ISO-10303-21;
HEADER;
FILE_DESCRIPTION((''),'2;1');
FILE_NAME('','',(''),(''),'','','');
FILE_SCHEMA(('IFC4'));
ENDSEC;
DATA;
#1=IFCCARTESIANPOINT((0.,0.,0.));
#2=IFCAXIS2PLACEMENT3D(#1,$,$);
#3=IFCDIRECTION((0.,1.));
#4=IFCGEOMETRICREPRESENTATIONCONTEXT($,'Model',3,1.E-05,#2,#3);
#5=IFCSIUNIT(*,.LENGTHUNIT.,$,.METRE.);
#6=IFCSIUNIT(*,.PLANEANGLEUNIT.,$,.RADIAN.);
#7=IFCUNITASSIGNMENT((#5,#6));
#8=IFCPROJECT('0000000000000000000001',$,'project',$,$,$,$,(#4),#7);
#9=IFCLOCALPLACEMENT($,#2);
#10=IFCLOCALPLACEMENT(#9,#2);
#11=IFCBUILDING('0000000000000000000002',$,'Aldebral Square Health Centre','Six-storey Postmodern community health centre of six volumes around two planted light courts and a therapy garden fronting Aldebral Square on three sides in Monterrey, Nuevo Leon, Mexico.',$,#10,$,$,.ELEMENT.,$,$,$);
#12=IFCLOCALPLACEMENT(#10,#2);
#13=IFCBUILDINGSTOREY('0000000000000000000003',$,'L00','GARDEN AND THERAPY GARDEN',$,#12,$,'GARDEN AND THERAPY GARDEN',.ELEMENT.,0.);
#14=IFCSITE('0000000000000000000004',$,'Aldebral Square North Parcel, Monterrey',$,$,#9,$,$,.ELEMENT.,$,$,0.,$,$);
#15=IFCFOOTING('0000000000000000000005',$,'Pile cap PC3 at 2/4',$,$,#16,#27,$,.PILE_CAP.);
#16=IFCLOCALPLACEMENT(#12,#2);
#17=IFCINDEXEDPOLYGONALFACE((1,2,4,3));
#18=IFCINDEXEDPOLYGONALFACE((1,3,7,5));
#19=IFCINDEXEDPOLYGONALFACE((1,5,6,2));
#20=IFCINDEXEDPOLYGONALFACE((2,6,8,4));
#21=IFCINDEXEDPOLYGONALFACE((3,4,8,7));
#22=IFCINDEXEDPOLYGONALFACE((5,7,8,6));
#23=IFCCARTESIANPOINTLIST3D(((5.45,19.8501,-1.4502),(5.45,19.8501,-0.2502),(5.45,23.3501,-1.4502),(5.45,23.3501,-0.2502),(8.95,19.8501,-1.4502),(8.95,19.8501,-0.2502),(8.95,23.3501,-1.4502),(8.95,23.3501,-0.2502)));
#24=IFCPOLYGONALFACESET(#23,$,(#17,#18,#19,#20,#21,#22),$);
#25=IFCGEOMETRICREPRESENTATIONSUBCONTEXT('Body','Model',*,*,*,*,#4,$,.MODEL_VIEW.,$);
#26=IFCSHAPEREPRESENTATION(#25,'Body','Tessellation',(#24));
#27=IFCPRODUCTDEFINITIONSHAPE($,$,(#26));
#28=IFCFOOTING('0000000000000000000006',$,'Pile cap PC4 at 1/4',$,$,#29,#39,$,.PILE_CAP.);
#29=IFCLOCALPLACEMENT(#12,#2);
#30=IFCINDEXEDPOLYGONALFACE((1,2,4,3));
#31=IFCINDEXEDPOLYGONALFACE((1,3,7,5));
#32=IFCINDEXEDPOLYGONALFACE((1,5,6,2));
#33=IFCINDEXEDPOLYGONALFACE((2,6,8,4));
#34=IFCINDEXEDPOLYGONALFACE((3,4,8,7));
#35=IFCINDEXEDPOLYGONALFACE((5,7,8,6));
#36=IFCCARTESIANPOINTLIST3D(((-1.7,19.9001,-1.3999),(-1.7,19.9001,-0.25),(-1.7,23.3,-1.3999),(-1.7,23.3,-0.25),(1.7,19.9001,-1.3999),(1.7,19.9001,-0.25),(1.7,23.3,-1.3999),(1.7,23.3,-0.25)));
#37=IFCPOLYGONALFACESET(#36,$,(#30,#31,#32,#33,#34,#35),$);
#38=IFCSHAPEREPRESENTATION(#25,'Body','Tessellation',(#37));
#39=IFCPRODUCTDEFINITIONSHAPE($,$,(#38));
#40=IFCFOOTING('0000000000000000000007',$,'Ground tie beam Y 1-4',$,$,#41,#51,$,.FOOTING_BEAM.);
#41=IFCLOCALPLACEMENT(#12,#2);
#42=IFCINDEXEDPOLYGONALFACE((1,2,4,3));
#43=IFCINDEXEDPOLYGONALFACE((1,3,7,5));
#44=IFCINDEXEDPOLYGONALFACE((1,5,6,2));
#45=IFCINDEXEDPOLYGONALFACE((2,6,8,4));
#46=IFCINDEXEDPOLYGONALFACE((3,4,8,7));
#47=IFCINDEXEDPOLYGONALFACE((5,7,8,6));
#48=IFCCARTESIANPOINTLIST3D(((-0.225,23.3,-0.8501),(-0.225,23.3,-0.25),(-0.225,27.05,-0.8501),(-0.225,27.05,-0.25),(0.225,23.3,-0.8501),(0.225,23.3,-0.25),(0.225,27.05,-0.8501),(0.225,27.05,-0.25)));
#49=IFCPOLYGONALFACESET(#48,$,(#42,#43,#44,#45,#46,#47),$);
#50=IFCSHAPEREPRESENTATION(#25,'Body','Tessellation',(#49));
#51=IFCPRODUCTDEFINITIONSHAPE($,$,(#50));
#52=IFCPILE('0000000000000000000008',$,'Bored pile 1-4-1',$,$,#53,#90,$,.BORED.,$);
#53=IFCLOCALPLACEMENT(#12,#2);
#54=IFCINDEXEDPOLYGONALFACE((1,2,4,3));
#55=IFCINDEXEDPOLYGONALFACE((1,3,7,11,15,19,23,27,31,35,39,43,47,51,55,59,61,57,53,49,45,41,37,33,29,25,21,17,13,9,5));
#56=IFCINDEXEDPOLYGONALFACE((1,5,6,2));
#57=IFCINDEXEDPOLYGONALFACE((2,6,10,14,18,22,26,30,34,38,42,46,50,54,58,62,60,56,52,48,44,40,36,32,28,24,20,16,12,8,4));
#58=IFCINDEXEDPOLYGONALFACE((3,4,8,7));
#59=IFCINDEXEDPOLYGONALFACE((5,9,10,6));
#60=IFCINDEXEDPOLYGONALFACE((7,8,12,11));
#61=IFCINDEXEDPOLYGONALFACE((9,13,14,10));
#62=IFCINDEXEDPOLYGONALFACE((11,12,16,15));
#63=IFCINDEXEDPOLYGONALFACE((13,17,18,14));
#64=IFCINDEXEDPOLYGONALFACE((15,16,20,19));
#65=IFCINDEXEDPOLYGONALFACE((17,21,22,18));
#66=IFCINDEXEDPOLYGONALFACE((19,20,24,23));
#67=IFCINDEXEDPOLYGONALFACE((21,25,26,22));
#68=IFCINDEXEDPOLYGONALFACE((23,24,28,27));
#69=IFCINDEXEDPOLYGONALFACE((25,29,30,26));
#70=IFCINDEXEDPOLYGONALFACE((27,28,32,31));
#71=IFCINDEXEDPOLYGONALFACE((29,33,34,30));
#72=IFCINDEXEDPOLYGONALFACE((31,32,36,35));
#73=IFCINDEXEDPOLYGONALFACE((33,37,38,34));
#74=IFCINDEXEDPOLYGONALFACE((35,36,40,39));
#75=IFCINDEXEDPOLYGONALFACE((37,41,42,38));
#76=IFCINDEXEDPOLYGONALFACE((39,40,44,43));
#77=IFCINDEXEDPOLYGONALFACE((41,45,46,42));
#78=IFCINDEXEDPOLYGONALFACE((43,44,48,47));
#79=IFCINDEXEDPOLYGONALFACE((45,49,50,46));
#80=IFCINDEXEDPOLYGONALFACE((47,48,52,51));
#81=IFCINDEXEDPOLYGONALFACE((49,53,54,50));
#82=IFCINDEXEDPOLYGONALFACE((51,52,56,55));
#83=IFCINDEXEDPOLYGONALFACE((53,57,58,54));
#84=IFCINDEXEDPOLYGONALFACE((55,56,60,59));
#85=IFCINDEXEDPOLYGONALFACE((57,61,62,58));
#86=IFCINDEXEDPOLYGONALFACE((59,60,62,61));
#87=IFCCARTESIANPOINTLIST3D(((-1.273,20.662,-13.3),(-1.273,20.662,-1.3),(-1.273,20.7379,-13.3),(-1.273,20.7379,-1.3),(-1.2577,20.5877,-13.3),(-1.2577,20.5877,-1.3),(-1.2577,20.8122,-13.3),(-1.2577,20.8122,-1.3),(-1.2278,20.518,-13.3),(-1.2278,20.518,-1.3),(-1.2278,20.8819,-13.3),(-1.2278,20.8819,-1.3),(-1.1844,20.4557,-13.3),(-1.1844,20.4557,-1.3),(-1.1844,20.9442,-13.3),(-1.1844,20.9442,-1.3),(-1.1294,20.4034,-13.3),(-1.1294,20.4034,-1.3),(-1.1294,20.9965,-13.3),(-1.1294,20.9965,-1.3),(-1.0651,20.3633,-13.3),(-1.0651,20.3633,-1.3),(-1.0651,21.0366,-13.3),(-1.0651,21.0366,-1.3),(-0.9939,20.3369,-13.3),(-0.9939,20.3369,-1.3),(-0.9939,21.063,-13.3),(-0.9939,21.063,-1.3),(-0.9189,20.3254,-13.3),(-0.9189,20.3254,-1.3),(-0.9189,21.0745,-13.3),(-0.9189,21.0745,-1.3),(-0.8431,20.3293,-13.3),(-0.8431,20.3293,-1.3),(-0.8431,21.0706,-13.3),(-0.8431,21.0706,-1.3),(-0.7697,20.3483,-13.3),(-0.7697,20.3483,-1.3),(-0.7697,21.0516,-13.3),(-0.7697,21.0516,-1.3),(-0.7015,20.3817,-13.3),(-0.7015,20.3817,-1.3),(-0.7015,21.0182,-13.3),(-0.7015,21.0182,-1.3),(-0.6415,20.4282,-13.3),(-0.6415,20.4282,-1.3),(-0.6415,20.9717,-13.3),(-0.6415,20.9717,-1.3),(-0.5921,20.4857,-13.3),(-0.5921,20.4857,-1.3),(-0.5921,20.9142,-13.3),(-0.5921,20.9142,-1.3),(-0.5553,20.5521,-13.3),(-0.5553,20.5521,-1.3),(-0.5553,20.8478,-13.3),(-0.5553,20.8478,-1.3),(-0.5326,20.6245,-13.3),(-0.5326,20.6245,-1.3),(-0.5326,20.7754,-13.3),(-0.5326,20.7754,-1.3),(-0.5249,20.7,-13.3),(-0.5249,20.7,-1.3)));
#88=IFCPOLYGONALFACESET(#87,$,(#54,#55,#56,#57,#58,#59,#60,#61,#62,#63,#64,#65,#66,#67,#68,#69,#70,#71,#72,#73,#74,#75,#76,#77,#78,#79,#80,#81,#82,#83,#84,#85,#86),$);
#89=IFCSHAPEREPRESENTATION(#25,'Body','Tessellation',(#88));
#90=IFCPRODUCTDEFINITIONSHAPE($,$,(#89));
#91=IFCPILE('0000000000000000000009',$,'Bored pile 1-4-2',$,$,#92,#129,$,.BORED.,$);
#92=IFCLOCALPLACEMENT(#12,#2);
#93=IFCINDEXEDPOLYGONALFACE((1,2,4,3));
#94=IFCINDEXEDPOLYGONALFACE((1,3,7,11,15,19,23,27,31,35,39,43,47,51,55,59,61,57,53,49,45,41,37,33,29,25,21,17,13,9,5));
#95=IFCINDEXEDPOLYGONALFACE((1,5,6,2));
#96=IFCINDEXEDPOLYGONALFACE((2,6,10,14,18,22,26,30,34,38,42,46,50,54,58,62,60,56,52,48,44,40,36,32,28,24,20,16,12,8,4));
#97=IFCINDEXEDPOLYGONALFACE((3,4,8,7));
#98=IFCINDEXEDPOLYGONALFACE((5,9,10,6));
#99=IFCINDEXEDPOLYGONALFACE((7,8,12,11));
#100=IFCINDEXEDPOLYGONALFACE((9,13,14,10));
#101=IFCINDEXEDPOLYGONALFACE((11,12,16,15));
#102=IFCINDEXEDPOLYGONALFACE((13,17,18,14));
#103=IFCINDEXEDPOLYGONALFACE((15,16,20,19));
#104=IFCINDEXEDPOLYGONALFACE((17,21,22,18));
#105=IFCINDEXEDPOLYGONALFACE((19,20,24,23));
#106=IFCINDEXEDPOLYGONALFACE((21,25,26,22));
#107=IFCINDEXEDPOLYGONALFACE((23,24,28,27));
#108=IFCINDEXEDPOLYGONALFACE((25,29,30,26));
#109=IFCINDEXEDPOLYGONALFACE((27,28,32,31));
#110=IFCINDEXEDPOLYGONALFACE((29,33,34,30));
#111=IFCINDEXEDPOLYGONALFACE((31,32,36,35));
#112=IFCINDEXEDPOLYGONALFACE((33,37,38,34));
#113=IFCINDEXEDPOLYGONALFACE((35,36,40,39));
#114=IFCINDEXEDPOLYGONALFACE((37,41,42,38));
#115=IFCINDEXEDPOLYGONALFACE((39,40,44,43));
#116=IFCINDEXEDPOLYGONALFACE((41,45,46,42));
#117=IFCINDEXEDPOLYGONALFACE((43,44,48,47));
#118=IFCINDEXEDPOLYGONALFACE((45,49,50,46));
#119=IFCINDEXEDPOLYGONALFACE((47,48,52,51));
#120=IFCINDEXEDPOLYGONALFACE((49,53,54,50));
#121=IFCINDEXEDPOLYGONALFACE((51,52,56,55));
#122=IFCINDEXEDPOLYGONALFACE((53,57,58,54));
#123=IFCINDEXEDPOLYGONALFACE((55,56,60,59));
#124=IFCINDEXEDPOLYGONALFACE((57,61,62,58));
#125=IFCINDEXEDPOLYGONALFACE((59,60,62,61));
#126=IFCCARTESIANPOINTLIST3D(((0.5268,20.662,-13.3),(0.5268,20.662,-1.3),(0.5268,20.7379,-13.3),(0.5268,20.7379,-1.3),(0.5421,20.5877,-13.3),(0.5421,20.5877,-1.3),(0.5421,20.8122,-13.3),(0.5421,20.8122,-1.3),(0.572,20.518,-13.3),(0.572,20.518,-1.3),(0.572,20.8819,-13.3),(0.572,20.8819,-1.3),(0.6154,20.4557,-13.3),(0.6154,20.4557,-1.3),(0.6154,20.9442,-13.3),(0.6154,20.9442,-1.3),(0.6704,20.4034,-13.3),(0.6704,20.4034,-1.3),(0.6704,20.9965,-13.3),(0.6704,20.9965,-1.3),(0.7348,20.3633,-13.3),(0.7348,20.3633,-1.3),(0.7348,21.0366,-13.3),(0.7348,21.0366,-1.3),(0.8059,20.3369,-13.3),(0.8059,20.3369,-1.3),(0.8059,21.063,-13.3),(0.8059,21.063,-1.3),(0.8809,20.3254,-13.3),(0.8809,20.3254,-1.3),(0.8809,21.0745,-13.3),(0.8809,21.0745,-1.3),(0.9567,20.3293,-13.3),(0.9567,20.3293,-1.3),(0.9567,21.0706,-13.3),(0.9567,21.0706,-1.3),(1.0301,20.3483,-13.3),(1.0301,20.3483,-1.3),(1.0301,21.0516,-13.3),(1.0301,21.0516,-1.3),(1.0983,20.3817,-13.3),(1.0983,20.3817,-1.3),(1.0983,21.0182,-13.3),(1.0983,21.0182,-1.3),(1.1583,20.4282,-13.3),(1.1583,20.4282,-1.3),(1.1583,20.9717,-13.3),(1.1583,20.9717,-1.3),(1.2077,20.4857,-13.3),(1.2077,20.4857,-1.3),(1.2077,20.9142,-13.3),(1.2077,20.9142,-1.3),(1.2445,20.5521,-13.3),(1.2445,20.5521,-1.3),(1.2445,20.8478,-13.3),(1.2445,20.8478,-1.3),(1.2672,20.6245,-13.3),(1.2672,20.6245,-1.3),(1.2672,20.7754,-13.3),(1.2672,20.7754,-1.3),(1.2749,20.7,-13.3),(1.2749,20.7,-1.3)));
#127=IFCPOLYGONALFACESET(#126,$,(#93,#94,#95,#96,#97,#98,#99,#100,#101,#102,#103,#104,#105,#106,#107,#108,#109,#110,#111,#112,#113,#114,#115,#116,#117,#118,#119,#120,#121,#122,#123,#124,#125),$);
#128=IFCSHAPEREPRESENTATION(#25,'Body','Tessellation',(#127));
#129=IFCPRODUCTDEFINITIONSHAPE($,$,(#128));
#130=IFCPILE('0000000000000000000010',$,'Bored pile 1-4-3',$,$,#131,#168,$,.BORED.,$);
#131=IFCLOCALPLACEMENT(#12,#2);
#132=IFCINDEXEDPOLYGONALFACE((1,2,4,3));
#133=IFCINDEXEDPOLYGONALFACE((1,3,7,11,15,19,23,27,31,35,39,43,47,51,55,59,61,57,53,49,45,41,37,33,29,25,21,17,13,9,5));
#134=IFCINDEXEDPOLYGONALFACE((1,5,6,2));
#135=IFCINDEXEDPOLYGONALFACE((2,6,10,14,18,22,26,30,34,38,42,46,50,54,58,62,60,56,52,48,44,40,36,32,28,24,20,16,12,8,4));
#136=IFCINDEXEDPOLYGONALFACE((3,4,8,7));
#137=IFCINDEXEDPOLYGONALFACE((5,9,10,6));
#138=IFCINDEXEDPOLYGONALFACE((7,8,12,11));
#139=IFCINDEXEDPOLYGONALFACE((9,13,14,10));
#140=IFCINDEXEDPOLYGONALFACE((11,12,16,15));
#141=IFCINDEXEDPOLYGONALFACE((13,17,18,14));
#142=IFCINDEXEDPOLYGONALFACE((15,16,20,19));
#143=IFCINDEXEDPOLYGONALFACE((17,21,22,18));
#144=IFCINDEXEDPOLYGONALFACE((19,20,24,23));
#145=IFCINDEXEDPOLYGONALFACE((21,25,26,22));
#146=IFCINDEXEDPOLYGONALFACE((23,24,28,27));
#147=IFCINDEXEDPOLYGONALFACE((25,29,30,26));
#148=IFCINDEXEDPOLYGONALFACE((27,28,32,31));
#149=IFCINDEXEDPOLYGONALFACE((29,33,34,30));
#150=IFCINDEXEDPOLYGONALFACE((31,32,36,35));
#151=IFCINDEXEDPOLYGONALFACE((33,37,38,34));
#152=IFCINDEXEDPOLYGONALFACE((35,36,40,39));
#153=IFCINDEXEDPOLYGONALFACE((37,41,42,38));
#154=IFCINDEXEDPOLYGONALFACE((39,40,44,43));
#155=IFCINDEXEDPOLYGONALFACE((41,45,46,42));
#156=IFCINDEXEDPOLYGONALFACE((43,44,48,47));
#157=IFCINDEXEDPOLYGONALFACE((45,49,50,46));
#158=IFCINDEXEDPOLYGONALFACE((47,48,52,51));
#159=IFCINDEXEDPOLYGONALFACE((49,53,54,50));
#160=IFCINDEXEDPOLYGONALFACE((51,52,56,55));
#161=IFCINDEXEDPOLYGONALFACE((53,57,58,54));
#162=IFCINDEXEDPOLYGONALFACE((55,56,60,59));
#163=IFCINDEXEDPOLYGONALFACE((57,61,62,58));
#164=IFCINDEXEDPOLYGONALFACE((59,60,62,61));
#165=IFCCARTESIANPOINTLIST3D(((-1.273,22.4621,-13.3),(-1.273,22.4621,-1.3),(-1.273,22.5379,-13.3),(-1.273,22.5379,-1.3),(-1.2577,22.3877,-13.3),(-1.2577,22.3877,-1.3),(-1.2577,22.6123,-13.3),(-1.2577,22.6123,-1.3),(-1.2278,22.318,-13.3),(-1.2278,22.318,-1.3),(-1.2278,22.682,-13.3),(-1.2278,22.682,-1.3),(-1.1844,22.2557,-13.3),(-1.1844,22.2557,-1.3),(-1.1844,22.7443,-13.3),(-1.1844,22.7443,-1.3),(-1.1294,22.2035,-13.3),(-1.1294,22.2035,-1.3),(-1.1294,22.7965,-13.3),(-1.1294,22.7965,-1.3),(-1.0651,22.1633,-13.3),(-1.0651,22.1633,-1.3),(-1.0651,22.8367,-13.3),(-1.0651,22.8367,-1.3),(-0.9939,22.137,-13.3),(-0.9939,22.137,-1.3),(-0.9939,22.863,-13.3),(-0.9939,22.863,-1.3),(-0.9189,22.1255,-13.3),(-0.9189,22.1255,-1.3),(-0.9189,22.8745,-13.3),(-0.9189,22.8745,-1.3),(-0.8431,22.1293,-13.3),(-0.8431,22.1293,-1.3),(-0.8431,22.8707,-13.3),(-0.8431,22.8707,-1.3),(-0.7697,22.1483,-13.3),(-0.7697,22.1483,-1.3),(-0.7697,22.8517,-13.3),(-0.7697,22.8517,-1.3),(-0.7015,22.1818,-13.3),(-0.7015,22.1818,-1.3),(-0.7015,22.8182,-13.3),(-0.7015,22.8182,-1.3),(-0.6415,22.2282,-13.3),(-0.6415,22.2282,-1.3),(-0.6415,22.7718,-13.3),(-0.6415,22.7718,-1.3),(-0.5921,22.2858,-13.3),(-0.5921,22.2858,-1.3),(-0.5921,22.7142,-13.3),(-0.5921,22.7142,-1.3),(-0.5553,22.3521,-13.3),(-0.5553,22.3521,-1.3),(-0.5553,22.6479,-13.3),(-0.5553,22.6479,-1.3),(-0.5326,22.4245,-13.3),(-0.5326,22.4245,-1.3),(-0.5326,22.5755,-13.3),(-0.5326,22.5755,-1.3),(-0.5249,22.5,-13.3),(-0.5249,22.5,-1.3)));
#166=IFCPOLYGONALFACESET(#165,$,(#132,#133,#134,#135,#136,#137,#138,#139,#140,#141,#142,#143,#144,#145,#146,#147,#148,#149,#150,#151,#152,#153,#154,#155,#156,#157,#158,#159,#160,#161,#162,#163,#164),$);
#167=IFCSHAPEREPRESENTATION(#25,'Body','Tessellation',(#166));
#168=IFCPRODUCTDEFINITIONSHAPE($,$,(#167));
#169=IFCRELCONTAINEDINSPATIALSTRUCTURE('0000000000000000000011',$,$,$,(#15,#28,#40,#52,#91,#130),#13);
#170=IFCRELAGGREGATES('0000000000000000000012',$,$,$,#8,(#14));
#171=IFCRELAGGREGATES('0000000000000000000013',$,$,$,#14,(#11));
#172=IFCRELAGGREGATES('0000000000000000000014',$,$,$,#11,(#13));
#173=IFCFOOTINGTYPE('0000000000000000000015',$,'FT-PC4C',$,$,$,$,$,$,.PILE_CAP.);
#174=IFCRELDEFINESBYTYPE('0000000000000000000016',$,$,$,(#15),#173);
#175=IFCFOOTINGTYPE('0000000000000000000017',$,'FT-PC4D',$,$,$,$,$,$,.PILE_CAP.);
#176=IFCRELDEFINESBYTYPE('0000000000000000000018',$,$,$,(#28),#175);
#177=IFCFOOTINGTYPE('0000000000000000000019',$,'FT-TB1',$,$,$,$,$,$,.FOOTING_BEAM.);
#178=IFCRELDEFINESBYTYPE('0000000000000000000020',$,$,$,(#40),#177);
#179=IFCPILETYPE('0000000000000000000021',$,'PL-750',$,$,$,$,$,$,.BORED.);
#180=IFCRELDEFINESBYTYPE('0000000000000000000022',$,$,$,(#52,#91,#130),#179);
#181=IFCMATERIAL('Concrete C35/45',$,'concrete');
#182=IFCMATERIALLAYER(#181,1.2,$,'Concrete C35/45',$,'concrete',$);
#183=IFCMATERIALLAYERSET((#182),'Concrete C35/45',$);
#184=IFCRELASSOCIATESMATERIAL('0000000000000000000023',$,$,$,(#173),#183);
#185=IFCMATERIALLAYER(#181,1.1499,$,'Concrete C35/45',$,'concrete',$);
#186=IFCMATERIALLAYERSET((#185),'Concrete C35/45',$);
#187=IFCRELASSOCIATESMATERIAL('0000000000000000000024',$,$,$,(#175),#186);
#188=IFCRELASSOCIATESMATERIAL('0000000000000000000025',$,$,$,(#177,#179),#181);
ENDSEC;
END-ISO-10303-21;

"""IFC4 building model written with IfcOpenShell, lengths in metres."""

from ifc_helpers import new_model, si_unit, direction, frame, origin, origin_2d, place, context, subcontext, project, spatial, rectangle, circle, extrude, material, layer, layer_set, material_profile, profile_set, type_object, element, save


model = new_model("IFC4")

# Units and contexts
model_context = context("Model", 3, precision=1e-05, world=origin(), true_north=direction((0.0, 1.0)))
body_context = subcontext(model_context, "Body", "Model", "MODEL_VIEW")
ifc_project = project(units=[si_unit("LENGTHUNIT", "METRE"), si_unit("PLANEANGLEUNIT", "RADIAN")], contexts=[model_context])

# Site, building, storey
site_placement = place(None, origin())
site = spatial("IfcSite", under=ifc_project, at=site_placement, Name="Aldebral Square North Parcel, Monterrey", CompositionType="ELEMENT", RefElevation=0.0)
building_placement = place(site_placement, origin())
building = spatial("IfcBuilding", under=site, at=building_placement, Name="Aldebral Square Health Centre", Description="Six-storey Postmodern community health centre of six volumes around two planted light courts and a therapy garden fronting Aldebral Square on three sides in Monterrey, Nuevo Leon, Mexico.", CompositionType="ELEMENT")
storey_placement = place(building_placement, origin())
storey = spatial("IfcBuildingStorey", under=building, at=storey_placement, Name="L00", Description="GARDEN AND THERAPY GARDEN", LongName="GARDEN AND THERAPY GARDEN", CompositionType="ELEMENT", Elevation=0.0)

# Footings
ifc_material_1 = material(Name="Concrete C35/45", Category="concrete")
ifc_layer_1 = layer(ifc_material_1, 1.2, Name="Concrete C35/45", Category="concrete")
ifc_layer_set_1 = layer_set([ifc_layer_1], Name="Concrete C35/45")
footing_type_1 = type_object("IfcFootingType", Name="FT-PC4C", PredefinedType="PILE_CAP", material=ifc_layer_set_1)
footing_1_placement = place(storey_placement, frame((7.2, 21.6001, -1.4502), z_axis=(0.0, 0.0, 1.0), x_axis=(1.0, 0.0, 0.0)))
element("IfcFooting", 1, at=footing_1_placement, inside=storey, type_object=footing_type_1, Name="Pile cap PC3 at 2/4", PredefinedType="PILE_CAP", context=body_context, shape_type="SweptSolid", body=[
    extrude(rectangle(XDim=3.5, YDim=3.5, at=origin_2d()), origin(), (0.0, 0.0, 1.0), 1.2),
])
ifc_layer_2 = layer(ifc_material_1, 1.1499, Name="Concrete C35/45", Category="concrete")
ifc_layer_set_2 = layer_set([ifc_layer_2], Name="Concrete C35/45")
footing_type_2 = type_object("IfcFootingType", Name="FT-PC4D", PredefinedType="PILE_CAP", material=ifc_layer_set_2)
footing_2_placement = place(storey_placement, frame((0.0, 21.6001, -1.3999), z_axis=(0.0, 0.0, 1.0), x_axis=(1.0, 0.0, 0.0)))
element("IfcFooting", 2, at=footing_2_placement, inside=storey, type_object=footing_type_2, Name="Pile cap PC4 at 1/4", PredefinedType="PILE_CAP", context=body_context, shape_type="SweptSolid", body=[
    extrude(rectangle(XDim=3.3999, YDim=3.3999, at=origin_2d()), origin(), (0.0, 0.0, 1.0), 1.1499),
])
ifc_material_profile_1 = material_profile(ifc_material_1, rectangle(XDim=0.45, YDim=0.6001, at=origin_2d()), Name="RC 450x600")
ifc_profile_set_1 = profile_set([ifc_material_profile_1], Name="Concrete C35/45")
footing_type_3 = type_object("IfcFootingType", Name="FT-TB1", PredefinedType="FOOTING_BEAM", material=ifc_profile_set_1)
footing_3_placement = place(storey_placement, frame((0.0, 23.3, -0.55), z_axis=(0.0, 1.0, 0.0), x_axis=(-1.0, 0.0, 0.0)))
element("IfcFooting", 3, at=footing_3_placement, inside=storey, type_object=footing_type_3, Name="Ground tie beam Y 1-4", PredefinedType="FOOTING_BEAM", context=body_context, shape_type="SweptSolid", body=[
    extrude(rectangle(XDim=0.45, YDim=0.6001, at=origin_2d()), origin(), (0.0, 0.0, 1.0), 3.75),
])

# Piles
ifc_material_profile_2 = material_profile(ifc_material_1, circle(Radius=0.375, at=origin_2d()), Name="PILE D750")
ifc_profile_set_2 = profile_set([ifc_material_profile_2], Name="Concrete C35/45")
pile_type_1 = type_object("IfcPileType", Name="PL-750", PredefinedType="BORED", material=ifc_profile_set_2)
for number, where, z_axis, x_axis, name in (
    (4, (-0.8999, 20.7, -1.3), (0.0, 0.0, -1.0), (1.0, 0.0, 0.0), "Bored pile 1-4-1"),
    (5, (0.8999, 20.7, -1.3), (0.0, 0.0, -1.0), (1.0, 0.0, 0.0), "Bored pile 1-4-2"),
    (6, (-0.8999, 22.5, -1.3), (0.0, 0.0, -1.0), (1.0, 0.0, 0.0), "Bored pile 1-4-3"),
):
    element("IfcPile", number, at=place(storey_placement, frame(where, z_axis=z_axis, x_axis=x_axis)), inside=storey, type_object=pile_type_1, Name=name, PredefinedType="BORED", context=body_context, shape_type="SweptSolid", body=[
        extrude(circle(Radius=0.375, at=origin_2d()), origin(), (0.0, 0.0, 1.0), 12.0),
    ])

save(model, "model.ifc")
